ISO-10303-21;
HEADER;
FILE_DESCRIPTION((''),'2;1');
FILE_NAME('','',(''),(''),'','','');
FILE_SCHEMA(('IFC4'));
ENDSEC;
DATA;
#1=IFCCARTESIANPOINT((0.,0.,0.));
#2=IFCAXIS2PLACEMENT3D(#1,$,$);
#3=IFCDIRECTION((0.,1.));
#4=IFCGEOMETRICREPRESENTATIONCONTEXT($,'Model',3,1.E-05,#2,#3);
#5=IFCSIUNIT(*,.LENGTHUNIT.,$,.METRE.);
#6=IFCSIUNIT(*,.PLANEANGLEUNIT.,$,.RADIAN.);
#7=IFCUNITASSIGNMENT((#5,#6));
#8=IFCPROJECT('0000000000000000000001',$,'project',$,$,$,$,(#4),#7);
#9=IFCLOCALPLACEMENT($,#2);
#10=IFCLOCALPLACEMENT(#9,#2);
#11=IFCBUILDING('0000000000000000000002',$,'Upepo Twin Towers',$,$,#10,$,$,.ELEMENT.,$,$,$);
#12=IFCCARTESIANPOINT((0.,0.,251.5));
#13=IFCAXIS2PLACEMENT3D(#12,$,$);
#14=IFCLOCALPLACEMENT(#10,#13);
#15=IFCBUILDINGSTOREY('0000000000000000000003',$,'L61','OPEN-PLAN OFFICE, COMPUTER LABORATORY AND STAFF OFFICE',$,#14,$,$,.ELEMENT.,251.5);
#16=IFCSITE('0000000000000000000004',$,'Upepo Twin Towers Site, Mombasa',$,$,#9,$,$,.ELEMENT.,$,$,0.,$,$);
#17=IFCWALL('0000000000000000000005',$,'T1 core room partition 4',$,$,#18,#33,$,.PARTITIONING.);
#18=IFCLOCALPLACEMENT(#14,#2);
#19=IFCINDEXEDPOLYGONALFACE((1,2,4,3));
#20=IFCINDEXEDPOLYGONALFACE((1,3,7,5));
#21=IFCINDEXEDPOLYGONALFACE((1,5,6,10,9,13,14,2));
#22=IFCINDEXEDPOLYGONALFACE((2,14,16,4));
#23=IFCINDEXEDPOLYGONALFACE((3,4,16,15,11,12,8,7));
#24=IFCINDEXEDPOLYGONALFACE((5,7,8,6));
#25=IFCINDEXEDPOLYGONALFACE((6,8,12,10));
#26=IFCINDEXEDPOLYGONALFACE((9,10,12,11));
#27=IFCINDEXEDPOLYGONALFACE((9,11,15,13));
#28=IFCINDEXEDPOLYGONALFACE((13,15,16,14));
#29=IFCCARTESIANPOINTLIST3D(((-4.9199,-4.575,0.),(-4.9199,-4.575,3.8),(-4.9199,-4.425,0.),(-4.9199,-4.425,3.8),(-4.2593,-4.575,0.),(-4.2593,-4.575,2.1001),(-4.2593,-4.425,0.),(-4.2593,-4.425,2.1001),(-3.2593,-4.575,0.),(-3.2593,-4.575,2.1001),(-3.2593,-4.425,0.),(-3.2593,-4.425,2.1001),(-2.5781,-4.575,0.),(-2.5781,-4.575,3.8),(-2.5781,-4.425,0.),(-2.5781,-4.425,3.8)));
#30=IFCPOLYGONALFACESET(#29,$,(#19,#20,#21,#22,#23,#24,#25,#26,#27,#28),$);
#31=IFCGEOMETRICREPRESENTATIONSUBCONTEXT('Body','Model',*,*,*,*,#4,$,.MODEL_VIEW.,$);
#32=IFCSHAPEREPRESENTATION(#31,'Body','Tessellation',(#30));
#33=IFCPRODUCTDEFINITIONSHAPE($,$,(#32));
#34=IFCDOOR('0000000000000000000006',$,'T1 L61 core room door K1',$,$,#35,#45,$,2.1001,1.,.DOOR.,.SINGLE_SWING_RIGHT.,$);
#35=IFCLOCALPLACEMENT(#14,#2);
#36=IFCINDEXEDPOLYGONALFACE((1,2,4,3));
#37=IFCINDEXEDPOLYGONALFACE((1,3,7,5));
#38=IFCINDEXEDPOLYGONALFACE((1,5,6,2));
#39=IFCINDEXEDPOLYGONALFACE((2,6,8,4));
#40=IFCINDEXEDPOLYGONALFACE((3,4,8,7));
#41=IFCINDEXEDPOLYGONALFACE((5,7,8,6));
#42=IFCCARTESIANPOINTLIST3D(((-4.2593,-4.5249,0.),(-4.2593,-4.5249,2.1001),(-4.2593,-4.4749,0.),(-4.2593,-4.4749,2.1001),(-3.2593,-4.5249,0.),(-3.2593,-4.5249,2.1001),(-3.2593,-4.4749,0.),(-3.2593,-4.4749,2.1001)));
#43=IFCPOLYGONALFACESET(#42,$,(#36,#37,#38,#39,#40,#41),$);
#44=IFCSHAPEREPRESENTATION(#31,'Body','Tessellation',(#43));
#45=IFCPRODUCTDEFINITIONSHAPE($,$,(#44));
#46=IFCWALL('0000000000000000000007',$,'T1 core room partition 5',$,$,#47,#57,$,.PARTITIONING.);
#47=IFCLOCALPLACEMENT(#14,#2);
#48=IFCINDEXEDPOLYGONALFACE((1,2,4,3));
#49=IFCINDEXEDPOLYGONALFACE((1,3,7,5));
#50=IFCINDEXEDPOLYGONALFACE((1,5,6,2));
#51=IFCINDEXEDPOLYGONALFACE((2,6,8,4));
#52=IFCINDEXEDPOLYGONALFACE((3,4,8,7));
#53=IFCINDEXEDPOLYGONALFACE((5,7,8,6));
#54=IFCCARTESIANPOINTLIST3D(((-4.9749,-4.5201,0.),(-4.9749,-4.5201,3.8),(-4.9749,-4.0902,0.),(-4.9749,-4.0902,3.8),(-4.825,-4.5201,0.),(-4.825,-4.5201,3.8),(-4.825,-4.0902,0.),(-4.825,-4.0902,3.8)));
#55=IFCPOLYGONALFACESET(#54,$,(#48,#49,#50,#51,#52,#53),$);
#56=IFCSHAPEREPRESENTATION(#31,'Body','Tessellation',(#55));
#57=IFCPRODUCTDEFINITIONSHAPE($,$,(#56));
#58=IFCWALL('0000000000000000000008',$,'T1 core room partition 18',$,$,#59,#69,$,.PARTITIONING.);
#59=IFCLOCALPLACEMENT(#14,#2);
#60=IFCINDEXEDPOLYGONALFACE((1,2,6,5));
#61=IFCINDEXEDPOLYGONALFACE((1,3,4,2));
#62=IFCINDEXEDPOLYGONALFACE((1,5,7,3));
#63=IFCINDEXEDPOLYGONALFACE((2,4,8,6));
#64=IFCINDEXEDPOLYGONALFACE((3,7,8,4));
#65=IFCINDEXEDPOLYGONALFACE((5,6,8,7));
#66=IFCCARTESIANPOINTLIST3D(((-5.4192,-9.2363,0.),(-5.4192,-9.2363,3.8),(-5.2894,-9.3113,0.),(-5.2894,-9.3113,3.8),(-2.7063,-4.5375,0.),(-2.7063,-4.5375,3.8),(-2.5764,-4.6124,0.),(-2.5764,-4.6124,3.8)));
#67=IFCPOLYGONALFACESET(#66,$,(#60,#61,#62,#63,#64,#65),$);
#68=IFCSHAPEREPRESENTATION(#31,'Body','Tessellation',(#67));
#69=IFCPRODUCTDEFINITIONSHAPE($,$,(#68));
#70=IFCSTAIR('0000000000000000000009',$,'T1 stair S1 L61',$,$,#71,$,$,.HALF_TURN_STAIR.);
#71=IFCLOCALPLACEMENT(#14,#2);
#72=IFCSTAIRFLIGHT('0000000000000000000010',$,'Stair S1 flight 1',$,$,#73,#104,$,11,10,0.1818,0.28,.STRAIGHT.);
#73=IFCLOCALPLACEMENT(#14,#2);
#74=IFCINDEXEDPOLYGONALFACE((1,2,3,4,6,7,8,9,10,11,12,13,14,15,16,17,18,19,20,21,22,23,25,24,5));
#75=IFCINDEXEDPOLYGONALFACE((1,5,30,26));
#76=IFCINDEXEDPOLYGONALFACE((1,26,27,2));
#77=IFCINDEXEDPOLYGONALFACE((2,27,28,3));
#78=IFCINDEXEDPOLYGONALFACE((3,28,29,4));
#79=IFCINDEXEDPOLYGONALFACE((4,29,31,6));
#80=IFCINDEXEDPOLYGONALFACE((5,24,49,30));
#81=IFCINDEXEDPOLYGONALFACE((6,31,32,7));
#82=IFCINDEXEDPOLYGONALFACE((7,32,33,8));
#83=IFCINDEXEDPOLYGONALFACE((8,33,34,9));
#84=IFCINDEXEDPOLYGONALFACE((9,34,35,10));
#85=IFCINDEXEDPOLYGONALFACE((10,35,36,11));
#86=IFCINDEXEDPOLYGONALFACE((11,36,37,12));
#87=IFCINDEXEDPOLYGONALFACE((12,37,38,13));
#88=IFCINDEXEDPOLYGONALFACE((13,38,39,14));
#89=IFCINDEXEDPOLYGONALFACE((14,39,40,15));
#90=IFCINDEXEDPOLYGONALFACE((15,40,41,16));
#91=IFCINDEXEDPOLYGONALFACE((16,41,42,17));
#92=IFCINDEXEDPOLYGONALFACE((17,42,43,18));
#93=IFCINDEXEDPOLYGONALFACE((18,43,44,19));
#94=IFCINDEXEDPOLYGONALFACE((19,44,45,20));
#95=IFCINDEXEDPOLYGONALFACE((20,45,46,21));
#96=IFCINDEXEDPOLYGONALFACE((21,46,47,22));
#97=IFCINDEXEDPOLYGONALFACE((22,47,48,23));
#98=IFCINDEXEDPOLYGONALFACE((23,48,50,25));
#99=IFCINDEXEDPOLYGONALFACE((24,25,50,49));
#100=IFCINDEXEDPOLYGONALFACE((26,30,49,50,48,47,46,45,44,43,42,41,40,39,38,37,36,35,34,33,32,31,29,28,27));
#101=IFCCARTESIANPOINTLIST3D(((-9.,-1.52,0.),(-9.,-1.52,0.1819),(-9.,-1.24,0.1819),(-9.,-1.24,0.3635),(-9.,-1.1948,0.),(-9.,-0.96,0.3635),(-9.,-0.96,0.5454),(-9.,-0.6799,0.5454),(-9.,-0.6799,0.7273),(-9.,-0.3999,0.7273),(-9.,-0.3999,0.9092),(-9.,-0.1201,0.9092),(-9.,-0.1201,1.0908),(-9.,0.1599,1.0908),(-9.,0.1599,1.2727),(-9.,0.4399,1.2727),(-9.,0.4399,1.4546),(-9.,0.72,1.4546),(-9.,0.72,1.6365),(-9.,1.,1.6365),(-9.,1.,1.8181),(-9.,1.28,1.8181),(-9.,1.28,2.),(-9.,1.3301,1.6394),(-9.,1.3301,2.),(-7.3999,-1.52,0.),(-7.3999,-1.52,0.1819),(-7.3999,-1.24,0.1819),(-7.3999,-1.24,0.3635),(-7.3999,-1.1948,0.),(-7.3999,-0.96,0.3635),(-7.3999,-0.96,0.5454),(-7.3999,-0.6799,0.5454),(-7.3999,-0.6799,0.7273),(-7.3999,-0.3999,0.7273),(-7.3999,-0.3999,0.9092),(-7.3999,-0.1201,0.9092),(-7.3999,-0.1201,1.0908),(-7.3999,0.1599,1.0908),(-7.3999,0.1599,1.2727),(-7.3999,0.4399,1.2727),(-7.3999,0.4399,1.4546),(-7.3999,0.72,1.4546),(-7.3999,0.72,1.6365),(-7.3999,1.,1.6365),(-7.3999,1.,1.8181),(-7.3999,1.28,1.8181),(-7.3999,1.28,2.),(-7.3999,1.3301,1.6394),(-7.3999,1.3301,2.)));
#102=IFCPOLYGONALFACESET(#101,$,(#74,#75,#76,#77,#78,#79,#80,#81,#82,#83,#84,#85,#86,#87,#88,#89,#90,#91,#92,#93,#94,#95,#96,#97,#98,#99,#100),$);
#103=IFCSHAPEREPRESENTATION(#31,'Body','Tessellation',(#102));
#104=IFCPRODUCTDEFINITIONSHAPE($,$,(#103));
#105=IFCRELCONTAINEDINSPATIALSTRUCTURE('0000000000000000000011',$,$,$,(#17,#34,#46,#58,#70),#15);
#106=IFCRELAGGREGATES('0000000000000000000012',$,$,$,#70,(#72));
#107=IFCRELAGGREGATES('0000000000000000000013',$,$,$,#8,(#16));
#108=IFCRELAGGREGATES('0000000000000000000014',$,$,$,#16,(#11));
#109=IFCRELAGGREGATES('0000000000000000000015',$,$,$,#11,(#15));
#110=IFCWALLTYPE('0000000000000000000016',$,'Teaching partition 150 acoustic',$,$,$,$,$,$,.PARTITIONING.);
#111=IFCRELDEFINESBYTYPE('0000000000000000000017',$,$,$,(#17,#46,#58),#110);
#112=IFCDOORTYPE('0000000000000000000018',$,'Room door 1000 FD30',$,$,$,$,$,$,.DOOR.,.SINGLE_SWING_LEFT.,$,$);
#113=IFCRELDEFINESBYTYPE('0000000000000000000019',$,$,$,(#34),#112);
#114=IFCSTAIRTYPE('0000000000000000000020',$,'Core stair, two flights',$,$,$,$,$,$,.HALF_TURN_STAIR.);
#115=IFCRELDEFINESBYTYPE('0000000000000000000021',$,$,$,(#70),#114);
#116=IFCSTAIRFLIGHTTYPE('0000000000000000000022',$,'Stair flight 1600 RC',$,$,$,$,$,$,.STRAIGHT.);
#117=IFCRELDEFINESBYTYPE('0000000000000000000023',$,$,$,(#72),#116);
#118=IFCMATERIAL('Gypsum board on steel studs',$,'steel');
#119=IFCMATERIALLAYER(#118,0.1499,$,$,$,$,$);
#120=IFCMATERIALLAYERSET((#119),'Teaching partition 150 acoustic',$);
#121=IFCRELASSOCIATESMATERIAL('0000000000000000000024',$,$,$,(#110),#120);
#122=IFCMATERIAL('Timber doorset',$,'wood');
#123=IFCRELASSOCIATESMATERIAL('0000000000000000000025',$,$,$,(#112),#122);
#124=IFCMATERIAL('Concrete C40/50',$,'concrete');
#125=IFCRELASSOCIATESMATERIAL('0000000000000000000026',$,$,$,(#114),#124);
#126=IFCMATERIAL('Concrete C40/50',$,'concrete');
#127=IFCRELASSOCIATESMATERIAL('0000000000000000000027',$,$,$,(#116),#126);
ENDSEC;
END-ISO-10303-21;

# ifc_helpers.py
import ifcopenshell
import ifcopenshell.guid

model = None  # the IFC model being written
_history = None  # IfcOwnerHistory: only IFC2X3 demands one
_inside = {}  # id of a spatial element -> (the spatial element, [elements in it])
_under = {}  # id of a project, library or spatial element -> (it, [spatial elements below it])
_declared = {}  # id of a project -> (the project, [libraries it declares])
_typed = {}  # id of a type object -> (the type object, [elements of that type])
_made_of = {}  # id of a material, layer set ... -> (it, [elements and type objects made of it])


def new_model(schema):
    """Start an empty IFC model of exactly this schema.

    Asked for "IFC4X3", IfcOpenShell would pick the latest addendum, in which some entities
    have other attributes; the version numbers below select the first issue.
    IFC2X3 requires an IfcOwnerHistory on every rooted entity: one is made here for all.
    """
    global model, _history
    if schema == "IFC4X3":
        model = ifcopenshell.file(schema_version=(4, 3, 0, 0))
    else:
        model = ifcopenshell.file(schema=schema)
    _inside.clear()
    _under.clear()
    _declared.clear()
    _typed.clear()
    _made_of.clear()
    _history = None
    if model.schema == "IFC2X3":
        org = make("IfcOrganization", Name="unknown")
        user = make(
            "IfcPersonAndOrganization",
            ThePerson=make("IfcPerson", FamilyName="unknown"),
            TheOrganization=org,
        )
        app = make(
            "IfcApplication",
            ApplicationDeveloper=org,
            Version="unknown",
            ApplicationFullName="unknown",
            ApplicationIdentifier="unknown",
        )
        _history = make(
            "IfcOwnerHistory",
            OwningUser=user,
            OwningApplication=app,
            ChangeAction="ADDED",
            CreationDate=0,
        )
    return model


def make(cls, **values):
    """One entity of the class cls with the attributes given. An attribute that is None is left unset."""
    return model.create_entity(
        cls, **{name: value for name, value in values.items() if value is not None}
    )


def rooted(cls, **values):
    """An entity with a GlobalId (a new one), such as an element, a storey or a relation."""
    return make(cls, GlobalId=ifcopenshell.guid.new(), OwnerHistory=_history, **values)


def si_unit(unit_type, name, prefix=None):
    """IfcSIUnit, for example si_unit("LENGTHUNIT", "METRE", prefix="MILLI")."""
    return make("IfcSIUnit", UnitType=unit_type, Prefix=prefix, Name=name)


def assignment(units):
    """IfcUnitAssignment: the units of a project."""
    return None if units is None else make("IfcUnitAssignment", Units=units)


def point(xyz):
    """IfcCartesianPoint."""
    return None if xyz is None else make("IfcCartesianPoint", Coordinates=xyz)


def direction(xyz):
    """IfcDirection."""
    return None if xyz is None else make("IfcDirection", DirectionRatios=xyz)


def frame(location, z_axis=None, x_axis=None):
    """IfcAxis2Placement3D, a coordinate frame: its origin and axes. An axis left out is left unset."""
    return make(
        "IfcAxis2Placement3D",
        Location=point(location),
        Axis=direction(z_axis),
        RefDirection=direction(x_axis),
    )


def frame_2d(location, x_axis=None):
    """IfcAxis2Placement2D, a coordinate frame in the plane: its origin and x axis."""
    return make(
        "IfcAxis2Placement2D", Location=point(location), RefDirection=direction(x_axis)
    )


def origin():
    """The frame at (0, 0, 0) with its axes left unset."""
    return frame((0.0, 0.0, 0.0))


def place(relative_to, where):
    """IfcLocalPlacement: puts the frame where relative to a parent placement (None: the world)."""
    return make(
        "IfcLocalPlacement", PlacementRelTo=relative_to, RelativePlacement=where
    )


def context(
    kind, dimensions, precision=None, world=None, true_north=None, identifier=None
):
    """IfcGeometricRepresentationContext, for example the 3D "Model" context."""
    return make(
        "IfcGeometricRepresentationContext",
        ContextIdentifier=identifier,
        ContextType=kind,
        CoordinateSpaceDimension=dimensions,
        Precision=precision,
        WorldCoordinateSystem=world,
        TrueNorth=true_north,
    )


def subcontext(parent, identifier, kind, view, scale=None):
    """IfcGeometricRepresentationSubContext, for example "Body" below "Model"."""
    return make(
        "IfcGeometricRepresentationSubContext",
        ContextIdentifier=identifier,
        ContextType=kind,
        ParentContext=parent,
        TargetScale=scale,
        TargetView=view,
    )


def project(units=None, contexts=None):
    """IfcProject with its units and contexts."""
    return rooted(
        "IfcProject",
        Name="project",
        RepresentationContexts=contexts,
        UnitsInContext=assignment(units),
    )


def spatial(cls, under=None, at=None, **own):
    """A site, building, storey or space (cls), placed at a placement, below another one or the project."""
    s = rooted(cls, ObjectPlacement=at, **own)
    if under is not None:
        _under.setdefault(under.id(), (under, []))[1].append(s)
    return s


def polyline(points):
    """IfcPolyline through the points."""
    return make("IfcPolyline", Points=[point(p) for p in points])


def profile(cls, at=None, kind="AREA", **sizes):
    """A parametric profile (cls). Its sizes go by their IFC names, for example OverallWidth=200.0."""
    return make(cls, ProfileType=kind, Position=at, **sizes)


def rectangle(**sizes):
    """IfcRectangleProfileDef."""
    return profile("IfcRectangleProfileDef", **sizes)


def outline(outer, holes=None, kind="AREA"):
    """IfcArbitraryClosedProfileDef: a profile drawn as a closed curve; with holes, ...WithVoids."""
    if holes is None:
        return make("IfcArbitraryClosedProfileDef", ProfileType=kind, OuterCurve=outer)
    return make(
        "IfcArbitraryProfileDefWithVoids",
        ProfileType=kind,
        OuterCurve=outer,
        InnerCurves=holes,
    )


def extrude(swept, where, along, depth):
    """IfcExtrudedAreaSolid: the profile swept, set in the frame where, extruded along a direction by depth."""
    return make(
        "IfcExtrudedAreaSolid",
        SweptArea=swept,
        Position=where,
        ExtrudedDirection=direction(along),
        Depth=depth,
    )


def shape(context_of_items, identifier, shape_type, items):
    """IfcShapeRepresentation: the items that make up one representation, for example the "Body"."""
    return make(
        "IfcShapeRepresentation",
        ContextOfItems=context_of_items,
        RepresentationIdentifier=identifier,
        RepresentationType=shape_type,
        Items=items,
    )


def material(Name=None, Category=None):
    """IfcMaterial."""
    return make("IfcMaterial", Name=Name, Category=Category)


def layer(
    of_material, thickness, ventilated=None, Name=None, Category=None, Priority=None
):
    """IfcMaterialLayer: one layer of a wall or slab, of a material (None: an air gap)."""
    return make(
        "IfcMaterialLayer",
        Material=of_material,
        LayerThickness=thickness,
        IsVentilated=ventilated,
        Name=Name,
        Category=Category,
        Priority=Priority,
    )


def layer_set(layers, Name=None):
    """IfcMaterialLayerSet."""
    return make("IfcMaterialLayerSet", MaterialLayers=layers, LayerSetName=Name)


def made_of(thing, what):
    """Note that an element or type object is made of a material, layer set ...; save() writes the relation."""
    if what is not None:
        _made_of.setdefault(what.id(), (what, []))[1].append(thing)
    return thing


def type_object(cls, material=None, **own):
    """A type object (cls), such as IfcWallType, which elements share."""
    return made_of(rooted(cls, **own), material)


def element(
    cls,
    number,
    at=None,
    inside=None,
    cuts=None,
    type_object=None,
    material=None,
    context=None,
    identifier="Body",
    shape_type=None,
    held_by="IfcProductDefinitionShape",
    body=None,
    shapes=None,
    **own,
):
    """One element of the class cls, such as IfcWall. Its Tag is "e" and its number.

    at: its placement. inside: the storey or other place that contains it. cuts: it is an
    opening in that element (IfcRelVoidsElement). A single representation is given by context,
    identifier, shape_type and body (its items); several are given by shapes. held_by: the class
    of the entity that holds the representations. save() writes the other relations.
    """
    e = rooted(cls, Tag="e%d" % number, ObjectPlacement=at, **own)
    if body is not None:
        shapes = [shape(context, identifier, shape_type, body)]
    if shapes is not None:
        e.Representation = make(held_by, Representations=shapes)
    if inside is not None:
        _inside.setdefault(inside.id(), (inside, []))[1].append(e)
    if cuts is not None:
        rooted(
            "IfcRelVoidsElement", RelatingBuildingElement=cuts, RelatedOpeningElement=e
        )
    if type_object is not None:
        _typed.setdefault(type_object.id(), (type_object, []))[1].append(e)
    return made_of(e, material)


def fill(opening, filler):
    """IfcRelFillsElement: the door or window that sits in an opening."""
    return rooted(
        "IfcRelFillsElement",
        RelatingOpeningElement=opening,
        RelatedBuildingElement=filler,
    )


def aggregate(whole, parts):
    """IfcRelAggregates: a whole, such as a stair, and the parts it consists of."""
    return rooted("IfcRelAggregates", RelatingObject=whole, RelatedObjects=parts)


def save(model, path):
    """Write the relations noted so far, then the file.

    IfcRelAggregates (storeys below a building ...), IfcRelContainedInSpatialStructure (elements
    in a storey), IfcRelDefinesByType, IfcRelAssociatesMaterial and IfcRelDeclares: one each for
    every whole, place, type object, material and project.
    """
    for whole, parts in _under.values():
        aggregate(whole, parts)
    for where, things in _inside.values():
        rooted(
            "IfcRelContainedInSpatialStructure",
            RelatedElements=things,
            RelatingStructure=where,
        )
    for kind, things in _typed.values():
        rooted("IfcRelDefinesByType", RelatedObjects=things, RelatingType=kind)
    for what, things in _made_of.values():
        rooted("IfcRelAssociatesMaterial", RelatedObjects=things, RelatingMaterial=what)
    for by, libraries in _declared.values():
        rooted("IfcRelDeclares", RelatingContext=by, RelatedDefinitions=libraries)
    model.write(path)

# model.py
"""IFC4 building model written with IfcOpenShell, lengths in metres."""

from ifc_helpers import new_model, si_unit, direction, frame, frame_2d, origin, place, context, subcontext, project, spatial, polyline, rectangle, outline, extrude, material, layer, layer_set, type_object, element, fill, aggregate, save


model = new_model("IFC4")

# Units and contexts
model_context = context("Model", 3, precision=1e-05, world=origin(), true_north=direction((0.0, 1.0)))
body_context = subcontext(model_context, "Body", "Model", "MODEL_VIEW")
ifc_project = project(units=[si_unit("LENGTHUNIT", "METRE"), si_unit("PLANEANGLEUNIT", "RADIAN")], contexts=[model_context])

# Site, building, storey
site_placement = place(None, origin())
site = spatial("IfcSite", under=ifc_project, at=site_placement, Name="Upepo Twin Towers Site, Mombasa", CompositionType="ELEMENT", RefElevation=0.0)
building_placement = place(site_placement, origin())
building = spatial("IfcBuilding", under=site, at=building_placement, Name="Upepo Twin Towers", CompositionType="ELEMENT")
storey_placement = place(building_placement, frame((0.0, 0.0, 251.5)))
storey = spatial("IfcBuildingStorey", under=building, at=storey_placement, Name="L61", Description="OPEN-PLAN OFFICE, COMPUTER LABORATORY AND STAFF OFFICE", CompositionType="ELEMENT", Elevation=251.5)

# Shared definitions
ifc_material_1 = material(Name="Gypsum board on steel studs", Category="steel")
ifc_layer_1 = layer(ifc_material_1, 0.1499)
ifc_layer_set_1 = layer_set([ifc_layer_1], Name="Teaching partition 150 acoustic")
wall_type_1 = type_object("IfcWallType", Name="Teaching partition 150 acoustic", PredefinedType="PARTITIONING", material=ifc_layer_set_1)

# Wall, opening, door
ifc_material_2 = material(Name="Timber doorset", Category="wood")
door_type_1 = type_object("IfcDoorType", Name="Room door 1000 FD30", OperationType="SINGLE_SWING_LEFT", PredefinedType="DOOR", material=ifc_material_2)
wall_1_placement = place(storey_placement, frame((-2.5781, -4.5, 0.0), z_axis=(0.0, 0.0, 1.0), x_axis=(-1.0, 0.0, 0.0)))
wall_1 = element("IfcWall", 1, at=wall_1_placement, inside=storey, type_object=wall_type_1, Name="T1 core room partition 4", PredefinedType="PARTITIONING", context=body_context, shape_type="SweptSolid", body=[
    extrude(rectangle(XDim=2.3418, YDim=0.1499, at=frame_2d((1.1709, 0.0))), origin(), (0.0, 0.0, 1.0), 3.8),
])
opening_1_placement = place(wall_1_placement, frame((0.6812, 0.0, 0.0)))
opening_1 = element("IfcOpeningElement", 2, at=opening_1_placement, cuts=wall_1, PredefinedType="OPENING", context=body_context, shape_type="SweptSolid", body=[
    extrude(rectangle(XDim=1.0, YDim=2.1001, at=frame_2d((0.5, 1.05))), frame((0.0, 0.085, 0.0), z_axis=(0.0, -1.0, 0.0), x_axis=(1.0, 0.0, 0.0)), (0.0, 0.0, 1.0), 0.1699),
])
door_1_placement = place(opening_1_placement, origin())
door_1 = element("IfcDoor", 3, at=door_1_placement, inside=storey, type_object=door_type_1, Name="T1 L61 core room door K1", OperationType="SINGLE_SWING_RIGHT", OverallHeight=2.1001, OverallWidth=1.0, PredefinedType="DOOR", context=body_context, shape_type="SweptSolid", body=[
    extrude(rectangle(XDim=1.0, YDim=2.1001, at=frame_2d((0.5, 1.05))), frame((0.0, 0.0249, 0.0), z_axis=(0.0, -1.0, 0.0), x_axis=(1.0, 0.0, 0.0)), (0.0, 0.0, 1.0), 0.05),
])
fill(opening_1, door_1)

# Walls
wall_2_placement = place(storey_placement, frame((-4.8999, -4.52, 0.0), z_axis=(0.0, 0.0, 1.0), x_axis=(0.0, 1.0, 0.0)))
element("IfcWall", 4, at=wall_2_placement, inside=storey, type_object=wall_type_1, Name="T1 core room partition 5", PredefinedType="PARTITIONING", context=body_context, shape_type="SweptSolid", body=[
    extrude(rectangle(XDim=0.4299, YDim=0.1499, at=frame_2d((0.2148, 0.0))), origin(), (0.0, 0.0, 1.0), 3.8),
])
wall_3_placement = place(storey_placement, frame((-2.6414, -4.575, 0.0), z_axis=(0.0, 0.0, 1.0), x_axis=(-0.500011, -0.866019, 0.0)))
element("IfcWall", 5, at=wall_3_placement, inside=storey, type_object=wall_type_1, Name="T1 core room partition 18", PredefinedType="PARTITIONING", context=body_context, shape_type="SweptSolid", body=[
    extrude(rectangle(XDim=5.4258, YDim=0.1499, at=frame_2d((2.7129, 0.0))), origin(), (0.0, 0.0, 1.0), 3.8),
])

# Stair, stair flight
ifc_material_3 = material(Name="Concrete C40/50", Category="concrete")
stair_type = type_object("IfcStairType", Name="Core stair, two flights", PredefinedType="HALF_TURN_STAIR", material=ifc_material_3)
stair_placement = place(storey_placement, origin())
stair = element("IfcStair", 6, at=stair_placement, inside=storey, type_object=stair_type, Name="T1 stair S1 L61", PredefinedType="HALF_TURN_STAIR")
ifc_material_4 = material(Name="Concrete C40/50", Category="concrete")
stair_flight_type = type_object("IfcStairFlightType", Name="Stair flight 1600 RC", PredefinedType="STRAIGHT", material=ifc_material_4)
stair_flight_placement = place(storey_placement, frame((-8.2, -1.52, 0.0), z_axis=(0.0, 0.0, 1.0), x_axis=(0.0, 1.0, 0.0)))
stair_flight = element("IfcStairFlight", 7, at=stair_flight_placement, type_object=stair_flight_type, Name="Stair S1 flight 1", NumberOfRisers=11, NumberOfTreads=10, PredefinedType="STRAIGHT", RiserHeight=0.1818, TreadLength=0.28, context=body_context, shape_type="SweptSolid", body=[
    extrude(outline(polyline([(0.0, 0.0), (0.0, 0.1819), (0.28, 0.1819), (0.28, 0.3635), (0.5601, 0.3635), (0.5601, 0.5454), (0.8401, 0.5454), (0.8401, 0.7273), (1.1201, 0.7273), (1.1201, 0.9092), (1.3999, 0.9092), (1.3999, 1.0908), (1.6799, 1.0908), (1.6799, 1.2727), (1.96, 1.2727), (1.96, 1.4546), (2.24, 1.4546), (2.24, 1.6365), (2.52, 1.6365), (2.52, 1.8181), (2.8, 1.8181), (2.8, 2.0), (2.8501, 2.0), (2.8501, 1.6394), (0.3252, 0.0), (0.0, 0.0)])), frame((0.0, 0.8, 0.0), z_axis=(0.0, -1.0, 0.0), x_axis=(1.0, 0.0, 0.0)), (0.0, 0.0, 1.0), 1.6001),
])
aggregate(stair, [stair_flight])

save(model, "model.ifc")
